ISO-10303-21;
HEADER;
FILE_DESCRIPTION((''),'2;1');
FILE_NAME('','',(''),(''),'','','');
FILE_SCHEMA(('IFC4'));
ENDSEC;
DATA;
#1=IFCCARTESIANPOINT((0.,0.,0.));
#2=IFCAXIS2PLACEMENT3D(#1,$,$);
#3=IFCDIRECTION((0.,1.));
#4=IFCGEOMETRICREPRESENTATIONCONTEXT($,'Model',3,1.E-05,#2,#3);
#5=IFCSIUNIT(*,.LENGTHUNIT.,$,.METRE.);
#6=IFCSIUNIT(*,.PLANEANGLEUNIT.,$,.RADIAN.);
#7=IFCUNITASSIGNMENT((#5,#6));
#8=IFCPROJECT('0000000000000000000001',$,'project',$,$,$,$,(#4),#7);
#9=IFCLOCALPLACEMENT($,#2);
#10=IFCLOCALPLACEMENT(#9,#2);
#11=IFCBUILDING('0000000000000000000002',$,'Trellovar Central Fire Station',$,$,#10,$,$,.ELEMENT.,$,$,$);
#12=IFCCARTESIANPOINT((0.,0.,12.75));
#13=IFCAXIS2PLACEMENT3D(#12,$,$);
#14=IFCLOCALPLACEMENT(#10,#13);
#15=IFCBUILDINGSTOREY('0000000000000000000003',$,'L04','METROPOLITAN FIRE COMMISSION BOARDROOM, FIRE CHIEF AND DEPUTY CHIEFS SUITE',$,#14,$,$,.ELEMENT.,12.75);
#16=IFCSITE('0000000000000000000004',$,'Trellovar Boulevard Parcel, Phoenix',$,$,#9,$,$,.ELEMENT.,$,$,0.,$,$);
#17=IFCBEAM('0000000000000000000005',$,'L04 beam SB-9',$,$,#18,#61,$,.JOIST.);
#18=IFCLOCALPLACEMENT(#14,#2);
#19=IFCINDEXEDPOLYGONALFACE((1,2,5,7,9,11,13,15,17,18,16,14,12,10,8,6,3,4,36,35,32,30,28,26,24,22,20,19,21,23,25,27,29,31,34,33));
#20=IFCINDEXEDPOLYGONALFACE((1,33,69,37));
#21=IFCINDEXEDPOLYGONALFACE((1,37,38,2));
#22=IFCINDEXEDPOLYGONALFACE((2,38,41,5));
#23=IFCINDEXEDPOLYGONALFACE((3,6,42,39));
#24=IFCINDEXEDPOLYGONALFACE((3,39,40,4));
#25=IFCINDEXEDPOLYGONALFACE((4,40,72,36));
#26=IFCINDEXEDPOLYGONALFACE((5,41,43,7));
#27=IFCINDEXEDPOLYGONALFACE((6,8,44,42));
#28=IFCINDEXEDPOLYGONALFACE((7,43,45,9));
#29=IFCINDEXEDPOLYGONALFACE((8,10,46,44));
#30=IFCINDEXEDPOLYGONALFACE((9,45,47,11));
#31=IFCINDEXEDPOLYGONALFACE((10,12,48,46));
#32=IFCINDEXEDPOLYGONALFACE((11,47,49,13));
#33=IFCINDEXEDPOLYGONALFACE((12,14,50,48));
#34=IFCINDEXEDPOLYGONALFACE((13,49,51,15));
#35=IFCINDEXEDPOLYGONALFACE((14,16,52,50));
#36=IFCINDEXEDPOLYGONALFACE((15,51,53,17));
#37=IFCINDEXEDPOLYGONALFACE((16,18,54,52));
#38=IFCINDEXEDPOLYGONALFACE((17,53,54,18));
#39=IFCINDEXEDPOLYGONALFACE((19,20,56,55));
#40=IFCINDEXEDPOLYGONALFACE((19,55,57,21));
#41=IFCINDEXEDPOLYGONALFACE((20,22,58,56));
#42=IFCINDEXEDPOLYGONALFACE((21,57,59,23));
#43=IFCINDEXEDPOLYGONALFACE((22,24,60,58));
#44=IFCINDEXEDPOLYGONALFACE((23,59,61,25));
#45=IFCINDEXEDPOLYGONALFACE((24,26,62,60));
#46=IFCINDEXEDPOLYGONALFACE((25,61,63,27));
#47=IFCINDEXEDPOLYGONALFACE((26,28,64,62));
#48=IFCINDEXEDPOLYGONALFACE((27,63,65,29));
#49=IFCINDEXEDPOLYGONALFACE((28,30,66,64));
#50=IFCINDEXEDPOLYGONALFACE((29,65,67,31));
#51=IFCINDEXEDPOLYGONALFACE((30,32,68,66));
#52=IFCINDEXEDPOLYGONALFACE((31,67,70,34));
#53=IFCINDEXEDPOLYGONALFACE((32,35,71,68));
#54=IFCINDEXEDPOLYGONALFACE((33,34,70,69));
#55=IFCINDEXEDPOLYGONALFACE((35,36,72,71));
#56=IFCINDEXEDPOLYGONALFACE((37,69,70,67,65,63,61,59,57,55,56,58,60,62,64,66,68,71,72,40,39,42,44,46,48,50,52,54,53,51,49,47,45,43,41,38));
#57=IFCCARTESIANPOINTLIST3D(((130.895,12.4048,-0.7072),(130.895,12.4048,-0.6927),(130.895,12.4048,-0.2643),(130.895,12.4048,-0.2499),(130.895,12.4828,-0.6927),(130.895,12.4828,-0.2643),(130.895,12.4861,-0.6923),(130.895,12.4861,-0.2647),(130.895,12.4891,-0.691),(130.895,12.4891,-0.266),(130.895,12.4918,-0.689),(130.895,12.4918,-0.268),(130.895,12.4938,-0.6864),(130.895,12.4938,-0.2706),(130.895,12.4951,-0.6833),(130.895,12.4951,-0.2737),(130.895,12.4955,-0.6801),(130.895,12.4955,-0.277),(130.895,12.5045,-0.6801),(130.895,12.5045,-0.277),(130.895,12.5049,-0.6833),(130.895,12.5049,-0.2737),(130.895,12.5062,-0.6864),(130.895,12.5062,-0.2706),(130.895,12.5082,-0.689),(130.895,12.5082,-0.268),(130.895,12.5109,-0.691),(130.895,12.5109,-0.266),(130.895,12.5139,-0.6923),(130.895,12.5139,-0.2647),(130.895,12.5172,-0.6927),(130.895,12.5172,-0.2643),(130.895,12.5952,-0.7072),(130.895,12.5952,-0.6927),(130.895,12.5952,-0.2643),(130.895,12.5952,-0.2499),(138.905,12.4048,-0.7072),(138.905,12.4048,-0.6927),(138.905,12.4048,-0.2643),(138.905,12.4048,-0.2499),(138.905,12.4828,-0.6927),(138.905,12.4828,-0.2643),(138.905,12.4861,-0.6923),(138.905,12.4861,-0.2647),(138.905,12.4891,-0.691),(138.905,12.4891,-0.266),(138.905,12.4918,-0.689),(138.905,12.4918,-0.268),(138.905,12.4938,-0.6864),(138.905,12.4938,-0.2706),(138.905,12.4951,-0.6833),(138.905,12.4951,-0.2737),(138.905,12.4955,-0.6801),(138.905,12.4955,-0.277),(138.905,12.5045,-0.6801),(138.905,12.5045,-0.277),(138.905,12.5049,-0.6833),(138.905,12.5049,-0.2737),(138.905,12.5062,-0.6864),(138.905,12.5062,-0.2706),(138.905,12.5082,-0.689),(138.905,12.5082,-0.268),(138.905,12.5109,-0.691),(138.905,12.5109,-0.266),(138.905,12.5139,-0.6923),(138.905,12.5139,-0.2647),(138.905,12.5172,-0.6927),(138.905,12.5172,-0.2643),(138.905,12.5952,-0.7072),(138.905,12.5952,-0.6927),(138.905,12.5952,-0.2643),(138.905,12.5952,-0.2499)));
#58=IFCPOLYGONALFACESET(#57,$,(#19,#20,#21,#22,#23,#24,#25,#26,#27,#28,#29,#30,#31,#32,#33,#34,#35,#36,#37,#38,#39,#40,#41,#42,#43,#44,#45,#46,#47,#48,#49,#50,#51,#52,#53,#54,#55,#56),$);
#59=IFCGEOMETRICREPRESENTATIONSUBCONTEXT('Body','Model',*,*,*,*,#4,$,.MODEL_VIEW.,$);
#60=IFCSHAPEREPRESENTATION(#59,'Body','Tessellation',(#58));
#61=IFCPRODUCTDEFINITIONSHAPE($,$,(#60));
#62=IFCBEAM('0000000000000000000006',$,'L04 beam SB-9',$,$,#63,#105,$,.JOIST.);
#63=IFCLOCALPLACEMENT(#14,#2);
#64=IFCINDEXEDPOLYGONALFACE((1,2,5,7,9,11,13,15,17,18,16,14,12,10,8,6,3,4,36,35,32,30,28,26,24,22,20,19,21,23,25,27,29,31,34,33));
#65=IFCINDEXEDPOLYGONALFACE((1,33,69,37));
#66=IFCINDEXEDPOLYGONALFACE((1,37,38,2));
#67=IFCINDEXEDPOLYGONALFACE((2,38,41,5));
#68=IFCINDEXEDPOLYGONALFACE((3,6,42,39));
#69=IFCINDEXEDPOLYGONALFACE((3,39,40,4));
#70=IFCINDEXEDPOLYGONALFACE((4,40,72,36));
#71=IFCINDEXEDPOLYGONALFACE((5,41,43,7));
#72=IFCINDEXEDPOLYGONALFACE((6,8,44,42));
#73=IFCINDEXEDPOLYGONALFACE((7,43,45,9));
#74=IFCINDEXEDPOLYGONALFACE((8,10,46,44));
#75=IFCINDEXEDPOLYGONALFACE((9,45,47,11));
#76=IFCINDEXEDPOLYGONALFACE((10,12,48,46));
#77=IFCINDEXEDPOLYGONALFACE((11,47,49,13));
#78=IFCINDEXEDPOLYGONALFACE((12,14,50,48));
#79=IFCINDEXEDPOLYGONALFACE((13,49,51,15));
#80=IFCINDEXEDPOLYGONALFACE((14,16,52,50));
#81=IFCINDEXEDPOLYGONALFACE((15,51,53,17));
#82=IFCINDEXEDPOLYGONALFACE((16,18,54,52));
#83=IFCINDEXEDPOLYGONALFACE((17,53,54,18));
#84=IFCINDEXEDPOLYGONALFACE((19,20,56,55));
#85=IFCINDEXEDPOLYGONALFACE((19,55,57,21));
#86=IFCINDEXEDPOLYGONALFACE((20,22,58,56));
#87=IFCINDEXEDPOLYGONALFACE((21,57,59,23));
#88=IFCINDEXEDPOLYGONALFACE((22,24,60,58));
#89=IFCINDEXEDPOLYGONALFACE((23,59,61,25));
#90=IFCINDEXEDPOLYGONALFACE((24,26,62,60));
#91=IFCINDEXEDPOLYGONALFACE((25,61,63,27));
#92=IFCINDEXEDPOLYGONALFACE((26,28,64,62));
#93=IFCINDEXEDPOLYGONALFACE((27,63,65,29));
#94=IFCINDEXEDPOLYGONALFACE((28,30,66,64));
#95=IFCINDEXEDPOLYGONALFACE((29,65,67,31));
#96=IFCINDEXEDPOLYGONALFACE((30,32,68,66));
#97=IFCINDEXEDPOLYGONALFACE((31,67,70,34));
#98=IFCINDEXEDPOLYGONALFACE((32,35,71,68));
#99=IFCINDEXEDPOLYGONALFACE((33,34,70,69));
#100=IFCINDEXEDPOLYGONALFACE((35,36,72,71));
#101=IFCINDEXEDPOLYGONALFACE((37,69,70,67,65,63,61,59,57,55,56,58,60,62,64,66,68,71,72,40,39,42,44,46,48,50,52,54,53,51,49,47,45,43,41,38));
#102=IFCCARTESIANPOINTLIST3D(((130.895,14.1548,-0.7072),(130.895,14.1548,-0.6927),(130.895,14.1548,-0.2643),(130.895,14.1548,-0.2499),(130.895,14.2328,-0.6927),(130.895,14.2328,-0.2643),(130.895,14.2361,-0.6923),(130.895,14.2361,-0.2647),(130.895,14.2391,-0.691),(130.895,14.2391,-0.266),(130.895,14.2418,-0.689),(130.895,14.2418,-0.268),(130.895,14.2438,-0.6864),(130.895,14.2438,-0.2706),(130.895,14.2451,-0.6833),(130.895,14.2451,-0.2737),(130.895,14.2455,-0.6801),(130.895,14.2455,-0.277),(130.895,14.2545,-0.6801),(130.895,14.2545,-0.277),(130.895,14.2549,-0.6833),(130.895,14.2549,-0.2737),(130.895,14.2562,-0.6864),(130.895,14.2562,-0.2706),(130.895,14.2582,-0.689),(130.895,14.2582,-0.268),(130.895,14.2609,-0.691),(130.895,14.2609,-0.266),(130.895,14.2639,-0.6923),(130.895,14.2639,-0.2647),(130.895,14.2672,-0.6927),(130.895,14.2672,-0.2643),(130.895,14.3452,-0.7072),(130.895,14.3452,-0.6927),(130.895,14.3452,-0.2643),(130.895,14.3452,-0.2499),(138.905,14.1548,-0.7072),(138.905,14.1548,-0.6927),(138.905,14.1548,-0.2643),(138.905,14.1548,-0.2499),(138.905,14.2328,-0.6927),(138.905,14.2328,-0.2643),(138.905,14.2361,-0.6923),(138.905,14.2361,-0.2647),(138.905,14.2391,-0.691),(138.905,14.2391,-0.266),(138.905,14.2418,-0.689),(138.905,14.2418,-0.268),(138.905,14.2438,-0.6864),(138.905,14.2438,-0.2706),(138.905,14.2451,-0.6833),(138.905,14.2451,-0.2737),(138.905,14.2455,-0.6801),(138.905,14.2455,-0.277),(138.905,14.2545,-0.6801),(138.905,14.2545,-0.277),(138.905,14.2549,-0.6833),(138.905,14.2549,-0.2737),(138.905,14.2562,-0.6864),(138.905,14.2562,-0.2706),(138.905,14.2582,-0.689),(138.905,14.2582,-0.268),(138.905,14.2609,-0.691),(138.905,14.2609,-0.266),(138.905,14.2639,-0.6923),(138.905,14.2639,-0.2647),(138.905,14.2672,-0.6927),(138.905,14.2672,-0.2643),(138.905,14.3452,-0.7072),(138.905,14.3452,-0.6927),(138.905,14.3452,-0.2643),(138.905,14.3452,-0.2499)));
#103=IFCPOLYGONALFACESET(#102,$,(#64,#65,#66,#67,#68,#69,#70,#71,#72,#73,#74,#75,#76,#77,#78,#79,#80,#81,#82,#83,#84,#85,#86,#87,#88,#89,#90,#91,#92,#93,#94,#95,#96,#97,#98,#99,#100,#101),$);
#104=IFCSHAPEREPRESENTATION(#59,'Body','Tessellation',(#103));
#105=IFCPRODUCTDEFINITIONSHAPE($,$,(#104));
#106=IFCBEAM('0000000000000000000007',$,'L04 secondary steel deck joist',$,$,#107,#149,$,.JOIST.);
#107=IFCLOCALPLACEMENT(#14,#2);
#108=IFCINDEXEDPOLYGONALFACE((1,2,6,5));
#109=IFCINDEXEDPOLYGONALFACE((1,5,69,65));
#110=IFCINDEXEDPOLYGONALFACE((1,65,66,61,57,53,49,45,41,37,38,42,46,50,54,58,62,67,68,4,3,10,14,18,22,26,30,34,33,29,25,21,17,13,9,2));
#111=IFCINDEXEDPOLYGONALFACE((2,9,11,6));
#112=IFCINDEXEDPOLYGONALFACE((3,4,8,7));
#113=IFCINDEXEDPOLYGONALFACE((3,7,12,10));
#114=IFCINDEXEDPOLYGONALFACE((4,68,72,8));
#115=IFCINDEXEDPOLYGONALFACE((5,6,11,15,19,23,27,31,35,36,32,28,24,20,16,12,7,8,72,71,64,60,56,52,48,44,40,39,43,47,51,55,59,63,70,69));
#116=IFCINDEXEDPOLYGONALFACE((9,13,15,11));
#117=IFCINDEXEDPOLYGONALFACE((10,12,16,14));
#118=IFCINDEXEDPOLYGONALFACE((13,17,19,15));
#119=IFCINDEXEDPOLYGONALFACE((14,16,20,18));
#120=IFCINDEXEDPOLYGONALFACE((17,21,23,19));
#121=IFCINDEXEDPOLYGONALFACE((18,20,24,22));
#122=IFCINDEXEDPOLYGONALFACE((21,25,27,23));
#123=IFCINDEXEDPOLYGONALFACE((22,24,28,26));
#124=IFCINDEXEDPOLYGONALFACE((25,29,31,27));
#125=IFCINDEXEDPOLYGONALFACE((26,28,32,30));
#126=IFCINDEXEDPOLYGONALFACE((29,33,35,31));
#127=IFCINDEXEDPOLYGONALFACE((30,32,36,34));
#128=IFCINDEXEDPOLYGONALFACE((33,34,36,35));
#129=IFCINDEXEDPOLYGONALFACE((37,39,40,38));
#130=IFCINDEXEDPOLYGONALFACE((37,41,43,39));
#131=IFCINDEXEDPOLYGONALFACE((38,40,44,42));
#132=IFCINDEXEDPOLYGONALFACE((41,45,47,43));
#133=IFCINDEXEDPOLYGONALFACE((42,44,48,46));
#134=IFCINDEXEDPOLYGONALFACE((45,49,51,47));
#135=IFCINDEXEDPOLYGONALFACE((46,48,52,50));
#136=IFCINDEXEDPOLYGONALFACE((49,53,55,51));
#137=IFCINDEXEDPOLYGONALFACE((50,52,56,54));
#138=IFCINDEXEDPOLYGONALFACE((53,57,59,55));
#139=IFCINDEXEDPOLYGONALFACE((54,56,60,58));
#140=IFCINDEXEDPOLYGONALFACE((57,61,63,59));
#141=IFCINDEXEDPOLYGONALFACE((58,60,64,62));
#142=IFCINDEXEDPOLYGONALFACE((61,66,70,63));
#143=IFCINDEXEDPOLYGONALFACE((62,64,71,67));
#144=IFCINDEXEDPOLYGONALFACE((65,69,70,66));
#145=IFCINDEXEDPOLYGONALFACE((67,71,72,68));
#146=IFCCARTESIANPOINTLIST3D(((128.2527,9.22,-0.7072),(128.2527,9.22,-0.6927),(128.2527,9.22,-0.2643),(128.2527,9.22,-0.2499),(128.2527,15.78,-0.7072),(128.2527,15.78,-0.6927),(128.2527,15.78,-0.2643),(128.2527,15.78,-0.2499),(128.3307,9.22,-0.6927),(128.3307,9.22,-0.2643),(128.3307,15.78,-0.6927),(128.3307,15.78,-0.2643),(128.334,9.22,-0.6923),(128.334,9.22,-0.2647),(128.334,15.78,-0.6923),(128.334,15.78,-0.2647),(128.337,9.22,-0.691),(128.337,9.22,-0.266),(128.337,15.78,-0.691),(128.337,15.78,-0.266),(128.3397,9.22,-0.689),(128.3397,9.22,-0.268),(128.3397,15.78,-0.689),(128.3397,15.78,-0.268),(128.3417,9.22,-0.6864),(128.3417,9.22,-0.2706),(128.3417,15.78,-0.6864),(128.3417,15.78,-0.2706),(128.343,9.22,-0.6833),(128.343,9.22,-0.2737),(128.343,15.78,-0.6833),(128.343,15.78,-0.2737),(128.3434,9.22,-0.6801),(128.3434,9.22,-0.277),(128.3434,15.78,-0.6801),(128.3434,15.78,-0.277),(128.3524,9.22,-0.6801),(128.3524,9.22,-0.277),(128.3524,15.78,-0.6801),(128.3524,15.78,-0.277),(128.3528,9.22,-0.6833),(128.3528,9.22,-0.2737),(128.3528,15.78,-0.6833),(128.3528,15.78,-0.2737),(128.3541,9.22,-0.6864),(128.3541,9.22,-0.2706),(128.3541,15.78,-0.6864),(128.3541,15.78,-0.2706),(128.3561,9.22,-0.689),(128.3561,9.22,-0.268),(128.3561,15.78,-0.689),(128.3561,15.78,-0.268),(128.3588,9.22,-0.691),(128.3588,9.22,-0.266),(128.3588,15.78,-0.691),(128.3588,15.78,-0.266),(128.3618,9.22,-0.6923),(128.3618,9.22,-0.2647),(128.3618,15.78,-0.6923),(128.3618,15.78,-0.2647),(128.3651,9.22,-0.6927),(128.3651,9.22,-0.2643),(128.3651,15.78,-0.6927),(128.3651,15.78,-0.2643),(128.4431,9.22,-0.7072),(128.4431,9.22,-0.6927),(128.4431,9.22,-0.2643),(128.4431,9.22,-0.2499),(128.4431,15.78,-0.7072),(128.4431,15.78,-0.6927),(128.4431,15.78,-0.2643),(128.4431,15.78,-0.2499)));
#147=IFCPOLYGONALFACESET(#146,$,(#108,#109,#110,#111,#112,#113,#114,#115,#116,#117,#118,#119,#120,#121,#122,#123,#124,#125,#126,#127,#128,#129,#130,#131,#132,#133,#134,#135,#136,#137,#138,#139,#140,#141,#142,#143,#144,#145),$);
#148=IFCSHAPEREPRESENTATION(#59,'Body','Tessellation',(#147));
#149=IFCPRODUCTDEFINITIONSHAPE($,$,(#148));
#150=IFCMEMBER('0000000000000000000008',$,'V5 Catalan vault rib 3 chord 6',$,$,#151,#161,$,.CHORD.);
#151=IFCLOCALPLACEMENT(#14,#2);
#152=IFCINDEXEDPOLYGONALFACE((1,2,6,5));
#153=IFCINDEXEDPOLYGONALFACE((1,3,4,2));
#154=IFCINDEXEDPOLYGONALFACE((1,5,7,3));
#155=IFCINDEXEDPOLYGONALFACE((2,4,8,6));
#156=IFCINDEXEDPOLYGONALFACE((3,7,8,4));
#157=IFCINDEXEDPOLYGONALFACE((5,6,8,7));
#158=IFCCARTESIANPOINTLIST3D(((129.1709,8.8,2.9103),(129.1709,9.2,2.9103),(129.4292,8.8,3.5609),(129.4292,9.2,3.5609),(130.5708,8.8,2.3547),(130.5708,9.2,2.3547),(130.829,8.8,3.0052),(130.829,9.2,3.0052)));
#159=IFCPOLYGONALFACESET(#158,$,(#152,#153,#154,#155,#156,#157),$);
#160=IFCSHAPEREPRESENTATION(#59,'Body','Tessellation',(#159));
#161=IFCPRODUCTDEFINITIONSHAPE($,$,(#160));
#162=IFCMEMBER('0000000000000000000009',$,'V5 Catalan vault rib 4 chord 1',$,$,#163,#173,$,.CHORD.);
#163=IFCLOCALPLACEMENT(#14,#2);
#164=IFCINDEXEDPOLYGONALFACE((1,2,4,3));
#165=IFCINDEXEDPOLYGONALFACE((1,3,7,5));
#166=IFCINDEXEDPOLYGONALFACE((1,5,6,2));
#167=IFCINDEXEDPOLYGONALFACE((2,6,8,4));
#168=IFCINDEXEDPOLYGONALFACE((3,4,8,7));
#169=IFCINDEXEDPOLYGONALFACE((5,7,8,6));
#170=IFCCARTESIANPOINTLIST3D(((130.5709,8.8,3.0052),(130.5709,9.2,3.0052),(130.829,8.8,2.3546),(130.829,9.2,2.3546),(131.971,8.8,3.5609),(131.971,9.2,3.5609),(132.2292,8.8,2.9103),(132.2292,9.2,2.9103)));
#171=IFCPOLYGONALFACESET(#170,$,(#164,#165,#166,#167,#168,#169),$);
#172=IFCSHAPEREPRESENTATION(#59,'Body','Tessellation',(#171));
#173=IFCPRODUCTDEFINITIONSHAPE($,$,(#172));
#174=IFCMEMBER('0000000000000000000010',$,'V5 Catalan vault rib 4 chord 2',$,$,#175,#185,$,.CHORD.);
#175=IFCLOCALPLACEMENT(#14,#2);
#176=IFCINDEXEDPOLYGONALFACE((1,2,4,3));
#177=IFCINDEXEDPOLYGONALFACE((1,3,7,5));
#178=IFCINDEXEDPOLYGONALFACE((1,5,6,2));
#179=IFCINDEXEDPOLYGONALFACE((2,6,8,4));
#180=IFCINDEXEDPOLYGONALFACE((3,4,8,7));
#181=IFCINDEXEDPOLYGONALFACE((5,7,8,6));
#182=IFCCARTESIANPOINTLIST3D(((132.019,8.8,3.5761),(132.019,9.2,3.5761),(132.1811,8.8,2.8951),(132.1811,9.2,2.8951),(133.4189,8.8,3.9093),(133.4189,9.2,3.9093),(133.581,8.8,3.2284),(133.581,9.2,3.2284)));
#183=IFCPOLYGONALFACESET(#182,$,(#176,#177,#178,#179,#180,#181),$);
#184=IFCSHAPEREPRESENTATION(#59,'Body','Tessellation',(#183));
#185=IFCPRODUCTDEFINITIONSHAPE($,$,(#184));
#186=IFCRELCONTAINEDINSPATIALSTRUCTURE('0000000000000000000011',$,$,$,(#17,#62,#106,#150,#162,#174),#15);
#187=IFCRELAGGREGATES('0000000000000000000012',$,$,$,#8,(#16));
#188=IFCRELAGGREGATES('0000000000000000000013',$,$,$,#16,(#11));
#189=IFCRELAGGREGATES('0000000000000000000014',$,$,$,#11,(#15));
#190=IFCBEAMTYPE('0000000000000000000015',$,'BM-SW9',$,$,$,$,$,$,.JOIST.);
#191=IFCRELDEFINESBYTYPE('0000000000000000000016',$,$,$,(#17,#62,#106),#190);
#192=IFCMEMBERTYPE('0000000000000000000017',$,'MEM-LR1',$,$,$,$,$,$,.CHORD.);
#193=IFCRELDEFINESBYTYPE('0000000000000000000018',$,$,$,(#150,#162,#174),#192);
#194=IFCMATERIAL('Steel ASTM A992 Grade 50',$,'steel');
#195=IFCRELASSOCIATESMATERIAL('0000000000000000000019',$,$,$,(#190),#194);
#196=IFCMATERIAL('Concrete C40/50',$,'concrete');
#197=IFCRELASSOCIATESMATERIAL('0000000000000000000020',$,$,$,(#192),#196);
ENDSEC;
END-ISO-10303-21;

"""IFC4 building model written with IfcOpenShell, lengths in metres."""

from ifc_helpers import new_model, si_unit, direction, frame, origin, origin_2d, place, context, subcontext, project, spatial, rectangle, i_section, extrude, material, material_profile, profile_set, type_object, element, save


model = new_model("IFC4")

# Units and contexts
model_context = context("Model", 3, precision=1e-05, world=origin(), true_north=direction((0.0, 1.0)))
body_context = subcontext(model_context, "Body", "Model", "MODEL_VIEW")
ifc_project = project(units=[si_unit("LENGTHUNIT", "METRE"), si_unit("PLANEANGLEUNIT", "RADIAN")], contexts=[model_context])

# Site, building, storey
site_placement = place(None, origin())
site = spatial("IfcSite", under=ifc_project, at=site_placement, Name="Trellovar Boulevard Parcel, Phoenix", CompositionType="ELEMENT", RefElevation=0.0)
building_placement = place(site_placement, origin())
building = spatial("IfcBuilding", under=site, at=building_placement, Name="Trellovar Central Fire Station", CompositionType="ELEMENT")
storey_placement = place(building_placement, frame((0.0, 0.0, 12.75)))
storey = spatial("IfcBuildingStorey", under=building, at=storey_placement, Name="L04", Description="METROPOLITAN FIRE COMMISSION BOARDROOM, FIRE CHIEF AND DEPUTY CHIEFS SUITE", CompositionType="ELEMENT", Elevation=12.75)

# Beams
ifc_material_1 = material(Name="Steel ASTM A992 Grade 50", Category="steel")
ifc_material_profile_1 = material_profile(ifc_material_1, i_section(OverallWidth=0.1904, OverallDepth=0.4573, WebThickness=0.009, FlangeThickness=0.0144, FilletRadius=0.0127, at=origin_2d()), Name="W18X50")
ifc_profile_set_1 = profile_set([ifc_material_profile_1], Name="Steel ASTM A992 Grade 50")
beam_type_1 = type_object("IfcBeamType", Name="BM-SW9", PredefinedType="JOIST", material=ifc_profile_set_1)
for number, where, z_axis, x_axis, name in (
    (1, (130.895, 12.5, -0.4785), (1.0, 0.0, 0.0), (0.0, 1.0, 0.0), "L04 beam SB-9"),
    (2, (130.895, 14.25, -0.4785), (1.0, 0.0, 0.0), (0.0, 1.0, 0.0), "L04 beam SB-9"),
):
    element("IfcBeam", number, at=place(storey_placement, frame(where, z_axis=z_axis, x_axis=x_axis)), inside=storey, type_object=beam_type_1, Name=name, PredefinedType="JOIST", context=body_context, shape_type="SweptSolid", body=[
        extrude(i_section(OverallWidth=0.1904, OverallDepth=0.4573, WebThickness=0.009, FlangeThickness=0.0144, FilletRadius=0.0127, at=origin_2d()), origin(), (0.0, 0.0, 1.0), 8.01),
    ])
beam_1_placement = place(storey_placement, frame((128.3479, 9.22, -0.4785), z_axis=(0.0, 1.0, 0.0), x_axis=(-1.0, 0.0, 0.0)))
element("IfcBeam", 3, at=beam_1_placement, inside=storey, type_object=beam_type_1, Name="L04 secondary steel deck joist", PredefinedType="JOIST", context=body_context, shape_type="SweptSolid", body=[
    extrude(i_section(OverallWidth=0.1904, OverallDepth=0.4573, WebThickness=0.009, FlangeThickness=0.0144, FilletRadius=0.0127, at=origin_2d()), origin(), (0.0, 0.0, 1.0), 6.5601),
])

# Members
ifc_material_2 = material(Name="Concrete C40/50", Category="concrete")
ifc_material_profile_2 = material_profile(ifc_material_2, rectangle(XDim=0.3999, YDim=0.7, at=origin_2d()), Name="RC400X700")
ifc_profile_set_2 = profile_set([ifc_material_profile_2], Name="Concrete C40/50")
member_type_1 = type_object("IfcMemberType", Name="MEM-LR1", PredefinedType="CHORD", material=ifc_profile_set_2)
member_1_placement = place(storey_placement, frame((129.3, 9.0, 3.2356), z_axis=(0.929457, 0.0, -0.36893), x_axis=(0.0, 1.0, 0.0)))
element("IfcMember", 4, at=member_1_placement, inside=storey, type_object=member_type_1, Name="V5 Catalan vault rib 3 chord 6", PredefinedType="CHORD", context=body_context, shape_type="SweptSolid", body=[
    extrude(rectangle(XDim=0.3999, YDim=0.7, at=origin_2d()), origin(), (0.0, 0.0, 1.0), 1.5061),
])
member_2_placement = place(storey_placement, frame((130.7, 9.0, 2.6799), z_axis=(0.929479, 0.0, 0.368874), x_axis=(0.0, 1.0, 0.0)))
element("IfcMember", 5, at=member_2_placement, inside=storey, type_object=member_type_1, Name="V5 Catalan vault rib 4 chord 1", PredefinedType="CHORD", context=body_context, shape_type="SweptSolid", body=[
    extrude(rectangle(XDim=0.3999, YDim=0.7, at=origin_2d()), origin(), (0.0, 0.0, 1.0), 1.5063),
])
member_3_placement = place(storey_placement, frame((132.1001, 9.0, 3.2356), z_axis=(0.972815, 0.0, 0.231582), x_axis=(0.0, 1.0, 0.0)))
element("IfcMember", 6, at=member_3_placement, inside=storey, type_object=member_type_1, Name="V5 Catalan vault rib 4 chord 2", PredefinedType="CHORD", context=body_context, shape_type="SweptSolid", body=[
    extrude(rectangle(XDim=0.3999, YDim=0.7, at=origin_2d()), origin(), (0.0, 0.0, 1.0), 1.439),
])

save(model, "model.ifc")
